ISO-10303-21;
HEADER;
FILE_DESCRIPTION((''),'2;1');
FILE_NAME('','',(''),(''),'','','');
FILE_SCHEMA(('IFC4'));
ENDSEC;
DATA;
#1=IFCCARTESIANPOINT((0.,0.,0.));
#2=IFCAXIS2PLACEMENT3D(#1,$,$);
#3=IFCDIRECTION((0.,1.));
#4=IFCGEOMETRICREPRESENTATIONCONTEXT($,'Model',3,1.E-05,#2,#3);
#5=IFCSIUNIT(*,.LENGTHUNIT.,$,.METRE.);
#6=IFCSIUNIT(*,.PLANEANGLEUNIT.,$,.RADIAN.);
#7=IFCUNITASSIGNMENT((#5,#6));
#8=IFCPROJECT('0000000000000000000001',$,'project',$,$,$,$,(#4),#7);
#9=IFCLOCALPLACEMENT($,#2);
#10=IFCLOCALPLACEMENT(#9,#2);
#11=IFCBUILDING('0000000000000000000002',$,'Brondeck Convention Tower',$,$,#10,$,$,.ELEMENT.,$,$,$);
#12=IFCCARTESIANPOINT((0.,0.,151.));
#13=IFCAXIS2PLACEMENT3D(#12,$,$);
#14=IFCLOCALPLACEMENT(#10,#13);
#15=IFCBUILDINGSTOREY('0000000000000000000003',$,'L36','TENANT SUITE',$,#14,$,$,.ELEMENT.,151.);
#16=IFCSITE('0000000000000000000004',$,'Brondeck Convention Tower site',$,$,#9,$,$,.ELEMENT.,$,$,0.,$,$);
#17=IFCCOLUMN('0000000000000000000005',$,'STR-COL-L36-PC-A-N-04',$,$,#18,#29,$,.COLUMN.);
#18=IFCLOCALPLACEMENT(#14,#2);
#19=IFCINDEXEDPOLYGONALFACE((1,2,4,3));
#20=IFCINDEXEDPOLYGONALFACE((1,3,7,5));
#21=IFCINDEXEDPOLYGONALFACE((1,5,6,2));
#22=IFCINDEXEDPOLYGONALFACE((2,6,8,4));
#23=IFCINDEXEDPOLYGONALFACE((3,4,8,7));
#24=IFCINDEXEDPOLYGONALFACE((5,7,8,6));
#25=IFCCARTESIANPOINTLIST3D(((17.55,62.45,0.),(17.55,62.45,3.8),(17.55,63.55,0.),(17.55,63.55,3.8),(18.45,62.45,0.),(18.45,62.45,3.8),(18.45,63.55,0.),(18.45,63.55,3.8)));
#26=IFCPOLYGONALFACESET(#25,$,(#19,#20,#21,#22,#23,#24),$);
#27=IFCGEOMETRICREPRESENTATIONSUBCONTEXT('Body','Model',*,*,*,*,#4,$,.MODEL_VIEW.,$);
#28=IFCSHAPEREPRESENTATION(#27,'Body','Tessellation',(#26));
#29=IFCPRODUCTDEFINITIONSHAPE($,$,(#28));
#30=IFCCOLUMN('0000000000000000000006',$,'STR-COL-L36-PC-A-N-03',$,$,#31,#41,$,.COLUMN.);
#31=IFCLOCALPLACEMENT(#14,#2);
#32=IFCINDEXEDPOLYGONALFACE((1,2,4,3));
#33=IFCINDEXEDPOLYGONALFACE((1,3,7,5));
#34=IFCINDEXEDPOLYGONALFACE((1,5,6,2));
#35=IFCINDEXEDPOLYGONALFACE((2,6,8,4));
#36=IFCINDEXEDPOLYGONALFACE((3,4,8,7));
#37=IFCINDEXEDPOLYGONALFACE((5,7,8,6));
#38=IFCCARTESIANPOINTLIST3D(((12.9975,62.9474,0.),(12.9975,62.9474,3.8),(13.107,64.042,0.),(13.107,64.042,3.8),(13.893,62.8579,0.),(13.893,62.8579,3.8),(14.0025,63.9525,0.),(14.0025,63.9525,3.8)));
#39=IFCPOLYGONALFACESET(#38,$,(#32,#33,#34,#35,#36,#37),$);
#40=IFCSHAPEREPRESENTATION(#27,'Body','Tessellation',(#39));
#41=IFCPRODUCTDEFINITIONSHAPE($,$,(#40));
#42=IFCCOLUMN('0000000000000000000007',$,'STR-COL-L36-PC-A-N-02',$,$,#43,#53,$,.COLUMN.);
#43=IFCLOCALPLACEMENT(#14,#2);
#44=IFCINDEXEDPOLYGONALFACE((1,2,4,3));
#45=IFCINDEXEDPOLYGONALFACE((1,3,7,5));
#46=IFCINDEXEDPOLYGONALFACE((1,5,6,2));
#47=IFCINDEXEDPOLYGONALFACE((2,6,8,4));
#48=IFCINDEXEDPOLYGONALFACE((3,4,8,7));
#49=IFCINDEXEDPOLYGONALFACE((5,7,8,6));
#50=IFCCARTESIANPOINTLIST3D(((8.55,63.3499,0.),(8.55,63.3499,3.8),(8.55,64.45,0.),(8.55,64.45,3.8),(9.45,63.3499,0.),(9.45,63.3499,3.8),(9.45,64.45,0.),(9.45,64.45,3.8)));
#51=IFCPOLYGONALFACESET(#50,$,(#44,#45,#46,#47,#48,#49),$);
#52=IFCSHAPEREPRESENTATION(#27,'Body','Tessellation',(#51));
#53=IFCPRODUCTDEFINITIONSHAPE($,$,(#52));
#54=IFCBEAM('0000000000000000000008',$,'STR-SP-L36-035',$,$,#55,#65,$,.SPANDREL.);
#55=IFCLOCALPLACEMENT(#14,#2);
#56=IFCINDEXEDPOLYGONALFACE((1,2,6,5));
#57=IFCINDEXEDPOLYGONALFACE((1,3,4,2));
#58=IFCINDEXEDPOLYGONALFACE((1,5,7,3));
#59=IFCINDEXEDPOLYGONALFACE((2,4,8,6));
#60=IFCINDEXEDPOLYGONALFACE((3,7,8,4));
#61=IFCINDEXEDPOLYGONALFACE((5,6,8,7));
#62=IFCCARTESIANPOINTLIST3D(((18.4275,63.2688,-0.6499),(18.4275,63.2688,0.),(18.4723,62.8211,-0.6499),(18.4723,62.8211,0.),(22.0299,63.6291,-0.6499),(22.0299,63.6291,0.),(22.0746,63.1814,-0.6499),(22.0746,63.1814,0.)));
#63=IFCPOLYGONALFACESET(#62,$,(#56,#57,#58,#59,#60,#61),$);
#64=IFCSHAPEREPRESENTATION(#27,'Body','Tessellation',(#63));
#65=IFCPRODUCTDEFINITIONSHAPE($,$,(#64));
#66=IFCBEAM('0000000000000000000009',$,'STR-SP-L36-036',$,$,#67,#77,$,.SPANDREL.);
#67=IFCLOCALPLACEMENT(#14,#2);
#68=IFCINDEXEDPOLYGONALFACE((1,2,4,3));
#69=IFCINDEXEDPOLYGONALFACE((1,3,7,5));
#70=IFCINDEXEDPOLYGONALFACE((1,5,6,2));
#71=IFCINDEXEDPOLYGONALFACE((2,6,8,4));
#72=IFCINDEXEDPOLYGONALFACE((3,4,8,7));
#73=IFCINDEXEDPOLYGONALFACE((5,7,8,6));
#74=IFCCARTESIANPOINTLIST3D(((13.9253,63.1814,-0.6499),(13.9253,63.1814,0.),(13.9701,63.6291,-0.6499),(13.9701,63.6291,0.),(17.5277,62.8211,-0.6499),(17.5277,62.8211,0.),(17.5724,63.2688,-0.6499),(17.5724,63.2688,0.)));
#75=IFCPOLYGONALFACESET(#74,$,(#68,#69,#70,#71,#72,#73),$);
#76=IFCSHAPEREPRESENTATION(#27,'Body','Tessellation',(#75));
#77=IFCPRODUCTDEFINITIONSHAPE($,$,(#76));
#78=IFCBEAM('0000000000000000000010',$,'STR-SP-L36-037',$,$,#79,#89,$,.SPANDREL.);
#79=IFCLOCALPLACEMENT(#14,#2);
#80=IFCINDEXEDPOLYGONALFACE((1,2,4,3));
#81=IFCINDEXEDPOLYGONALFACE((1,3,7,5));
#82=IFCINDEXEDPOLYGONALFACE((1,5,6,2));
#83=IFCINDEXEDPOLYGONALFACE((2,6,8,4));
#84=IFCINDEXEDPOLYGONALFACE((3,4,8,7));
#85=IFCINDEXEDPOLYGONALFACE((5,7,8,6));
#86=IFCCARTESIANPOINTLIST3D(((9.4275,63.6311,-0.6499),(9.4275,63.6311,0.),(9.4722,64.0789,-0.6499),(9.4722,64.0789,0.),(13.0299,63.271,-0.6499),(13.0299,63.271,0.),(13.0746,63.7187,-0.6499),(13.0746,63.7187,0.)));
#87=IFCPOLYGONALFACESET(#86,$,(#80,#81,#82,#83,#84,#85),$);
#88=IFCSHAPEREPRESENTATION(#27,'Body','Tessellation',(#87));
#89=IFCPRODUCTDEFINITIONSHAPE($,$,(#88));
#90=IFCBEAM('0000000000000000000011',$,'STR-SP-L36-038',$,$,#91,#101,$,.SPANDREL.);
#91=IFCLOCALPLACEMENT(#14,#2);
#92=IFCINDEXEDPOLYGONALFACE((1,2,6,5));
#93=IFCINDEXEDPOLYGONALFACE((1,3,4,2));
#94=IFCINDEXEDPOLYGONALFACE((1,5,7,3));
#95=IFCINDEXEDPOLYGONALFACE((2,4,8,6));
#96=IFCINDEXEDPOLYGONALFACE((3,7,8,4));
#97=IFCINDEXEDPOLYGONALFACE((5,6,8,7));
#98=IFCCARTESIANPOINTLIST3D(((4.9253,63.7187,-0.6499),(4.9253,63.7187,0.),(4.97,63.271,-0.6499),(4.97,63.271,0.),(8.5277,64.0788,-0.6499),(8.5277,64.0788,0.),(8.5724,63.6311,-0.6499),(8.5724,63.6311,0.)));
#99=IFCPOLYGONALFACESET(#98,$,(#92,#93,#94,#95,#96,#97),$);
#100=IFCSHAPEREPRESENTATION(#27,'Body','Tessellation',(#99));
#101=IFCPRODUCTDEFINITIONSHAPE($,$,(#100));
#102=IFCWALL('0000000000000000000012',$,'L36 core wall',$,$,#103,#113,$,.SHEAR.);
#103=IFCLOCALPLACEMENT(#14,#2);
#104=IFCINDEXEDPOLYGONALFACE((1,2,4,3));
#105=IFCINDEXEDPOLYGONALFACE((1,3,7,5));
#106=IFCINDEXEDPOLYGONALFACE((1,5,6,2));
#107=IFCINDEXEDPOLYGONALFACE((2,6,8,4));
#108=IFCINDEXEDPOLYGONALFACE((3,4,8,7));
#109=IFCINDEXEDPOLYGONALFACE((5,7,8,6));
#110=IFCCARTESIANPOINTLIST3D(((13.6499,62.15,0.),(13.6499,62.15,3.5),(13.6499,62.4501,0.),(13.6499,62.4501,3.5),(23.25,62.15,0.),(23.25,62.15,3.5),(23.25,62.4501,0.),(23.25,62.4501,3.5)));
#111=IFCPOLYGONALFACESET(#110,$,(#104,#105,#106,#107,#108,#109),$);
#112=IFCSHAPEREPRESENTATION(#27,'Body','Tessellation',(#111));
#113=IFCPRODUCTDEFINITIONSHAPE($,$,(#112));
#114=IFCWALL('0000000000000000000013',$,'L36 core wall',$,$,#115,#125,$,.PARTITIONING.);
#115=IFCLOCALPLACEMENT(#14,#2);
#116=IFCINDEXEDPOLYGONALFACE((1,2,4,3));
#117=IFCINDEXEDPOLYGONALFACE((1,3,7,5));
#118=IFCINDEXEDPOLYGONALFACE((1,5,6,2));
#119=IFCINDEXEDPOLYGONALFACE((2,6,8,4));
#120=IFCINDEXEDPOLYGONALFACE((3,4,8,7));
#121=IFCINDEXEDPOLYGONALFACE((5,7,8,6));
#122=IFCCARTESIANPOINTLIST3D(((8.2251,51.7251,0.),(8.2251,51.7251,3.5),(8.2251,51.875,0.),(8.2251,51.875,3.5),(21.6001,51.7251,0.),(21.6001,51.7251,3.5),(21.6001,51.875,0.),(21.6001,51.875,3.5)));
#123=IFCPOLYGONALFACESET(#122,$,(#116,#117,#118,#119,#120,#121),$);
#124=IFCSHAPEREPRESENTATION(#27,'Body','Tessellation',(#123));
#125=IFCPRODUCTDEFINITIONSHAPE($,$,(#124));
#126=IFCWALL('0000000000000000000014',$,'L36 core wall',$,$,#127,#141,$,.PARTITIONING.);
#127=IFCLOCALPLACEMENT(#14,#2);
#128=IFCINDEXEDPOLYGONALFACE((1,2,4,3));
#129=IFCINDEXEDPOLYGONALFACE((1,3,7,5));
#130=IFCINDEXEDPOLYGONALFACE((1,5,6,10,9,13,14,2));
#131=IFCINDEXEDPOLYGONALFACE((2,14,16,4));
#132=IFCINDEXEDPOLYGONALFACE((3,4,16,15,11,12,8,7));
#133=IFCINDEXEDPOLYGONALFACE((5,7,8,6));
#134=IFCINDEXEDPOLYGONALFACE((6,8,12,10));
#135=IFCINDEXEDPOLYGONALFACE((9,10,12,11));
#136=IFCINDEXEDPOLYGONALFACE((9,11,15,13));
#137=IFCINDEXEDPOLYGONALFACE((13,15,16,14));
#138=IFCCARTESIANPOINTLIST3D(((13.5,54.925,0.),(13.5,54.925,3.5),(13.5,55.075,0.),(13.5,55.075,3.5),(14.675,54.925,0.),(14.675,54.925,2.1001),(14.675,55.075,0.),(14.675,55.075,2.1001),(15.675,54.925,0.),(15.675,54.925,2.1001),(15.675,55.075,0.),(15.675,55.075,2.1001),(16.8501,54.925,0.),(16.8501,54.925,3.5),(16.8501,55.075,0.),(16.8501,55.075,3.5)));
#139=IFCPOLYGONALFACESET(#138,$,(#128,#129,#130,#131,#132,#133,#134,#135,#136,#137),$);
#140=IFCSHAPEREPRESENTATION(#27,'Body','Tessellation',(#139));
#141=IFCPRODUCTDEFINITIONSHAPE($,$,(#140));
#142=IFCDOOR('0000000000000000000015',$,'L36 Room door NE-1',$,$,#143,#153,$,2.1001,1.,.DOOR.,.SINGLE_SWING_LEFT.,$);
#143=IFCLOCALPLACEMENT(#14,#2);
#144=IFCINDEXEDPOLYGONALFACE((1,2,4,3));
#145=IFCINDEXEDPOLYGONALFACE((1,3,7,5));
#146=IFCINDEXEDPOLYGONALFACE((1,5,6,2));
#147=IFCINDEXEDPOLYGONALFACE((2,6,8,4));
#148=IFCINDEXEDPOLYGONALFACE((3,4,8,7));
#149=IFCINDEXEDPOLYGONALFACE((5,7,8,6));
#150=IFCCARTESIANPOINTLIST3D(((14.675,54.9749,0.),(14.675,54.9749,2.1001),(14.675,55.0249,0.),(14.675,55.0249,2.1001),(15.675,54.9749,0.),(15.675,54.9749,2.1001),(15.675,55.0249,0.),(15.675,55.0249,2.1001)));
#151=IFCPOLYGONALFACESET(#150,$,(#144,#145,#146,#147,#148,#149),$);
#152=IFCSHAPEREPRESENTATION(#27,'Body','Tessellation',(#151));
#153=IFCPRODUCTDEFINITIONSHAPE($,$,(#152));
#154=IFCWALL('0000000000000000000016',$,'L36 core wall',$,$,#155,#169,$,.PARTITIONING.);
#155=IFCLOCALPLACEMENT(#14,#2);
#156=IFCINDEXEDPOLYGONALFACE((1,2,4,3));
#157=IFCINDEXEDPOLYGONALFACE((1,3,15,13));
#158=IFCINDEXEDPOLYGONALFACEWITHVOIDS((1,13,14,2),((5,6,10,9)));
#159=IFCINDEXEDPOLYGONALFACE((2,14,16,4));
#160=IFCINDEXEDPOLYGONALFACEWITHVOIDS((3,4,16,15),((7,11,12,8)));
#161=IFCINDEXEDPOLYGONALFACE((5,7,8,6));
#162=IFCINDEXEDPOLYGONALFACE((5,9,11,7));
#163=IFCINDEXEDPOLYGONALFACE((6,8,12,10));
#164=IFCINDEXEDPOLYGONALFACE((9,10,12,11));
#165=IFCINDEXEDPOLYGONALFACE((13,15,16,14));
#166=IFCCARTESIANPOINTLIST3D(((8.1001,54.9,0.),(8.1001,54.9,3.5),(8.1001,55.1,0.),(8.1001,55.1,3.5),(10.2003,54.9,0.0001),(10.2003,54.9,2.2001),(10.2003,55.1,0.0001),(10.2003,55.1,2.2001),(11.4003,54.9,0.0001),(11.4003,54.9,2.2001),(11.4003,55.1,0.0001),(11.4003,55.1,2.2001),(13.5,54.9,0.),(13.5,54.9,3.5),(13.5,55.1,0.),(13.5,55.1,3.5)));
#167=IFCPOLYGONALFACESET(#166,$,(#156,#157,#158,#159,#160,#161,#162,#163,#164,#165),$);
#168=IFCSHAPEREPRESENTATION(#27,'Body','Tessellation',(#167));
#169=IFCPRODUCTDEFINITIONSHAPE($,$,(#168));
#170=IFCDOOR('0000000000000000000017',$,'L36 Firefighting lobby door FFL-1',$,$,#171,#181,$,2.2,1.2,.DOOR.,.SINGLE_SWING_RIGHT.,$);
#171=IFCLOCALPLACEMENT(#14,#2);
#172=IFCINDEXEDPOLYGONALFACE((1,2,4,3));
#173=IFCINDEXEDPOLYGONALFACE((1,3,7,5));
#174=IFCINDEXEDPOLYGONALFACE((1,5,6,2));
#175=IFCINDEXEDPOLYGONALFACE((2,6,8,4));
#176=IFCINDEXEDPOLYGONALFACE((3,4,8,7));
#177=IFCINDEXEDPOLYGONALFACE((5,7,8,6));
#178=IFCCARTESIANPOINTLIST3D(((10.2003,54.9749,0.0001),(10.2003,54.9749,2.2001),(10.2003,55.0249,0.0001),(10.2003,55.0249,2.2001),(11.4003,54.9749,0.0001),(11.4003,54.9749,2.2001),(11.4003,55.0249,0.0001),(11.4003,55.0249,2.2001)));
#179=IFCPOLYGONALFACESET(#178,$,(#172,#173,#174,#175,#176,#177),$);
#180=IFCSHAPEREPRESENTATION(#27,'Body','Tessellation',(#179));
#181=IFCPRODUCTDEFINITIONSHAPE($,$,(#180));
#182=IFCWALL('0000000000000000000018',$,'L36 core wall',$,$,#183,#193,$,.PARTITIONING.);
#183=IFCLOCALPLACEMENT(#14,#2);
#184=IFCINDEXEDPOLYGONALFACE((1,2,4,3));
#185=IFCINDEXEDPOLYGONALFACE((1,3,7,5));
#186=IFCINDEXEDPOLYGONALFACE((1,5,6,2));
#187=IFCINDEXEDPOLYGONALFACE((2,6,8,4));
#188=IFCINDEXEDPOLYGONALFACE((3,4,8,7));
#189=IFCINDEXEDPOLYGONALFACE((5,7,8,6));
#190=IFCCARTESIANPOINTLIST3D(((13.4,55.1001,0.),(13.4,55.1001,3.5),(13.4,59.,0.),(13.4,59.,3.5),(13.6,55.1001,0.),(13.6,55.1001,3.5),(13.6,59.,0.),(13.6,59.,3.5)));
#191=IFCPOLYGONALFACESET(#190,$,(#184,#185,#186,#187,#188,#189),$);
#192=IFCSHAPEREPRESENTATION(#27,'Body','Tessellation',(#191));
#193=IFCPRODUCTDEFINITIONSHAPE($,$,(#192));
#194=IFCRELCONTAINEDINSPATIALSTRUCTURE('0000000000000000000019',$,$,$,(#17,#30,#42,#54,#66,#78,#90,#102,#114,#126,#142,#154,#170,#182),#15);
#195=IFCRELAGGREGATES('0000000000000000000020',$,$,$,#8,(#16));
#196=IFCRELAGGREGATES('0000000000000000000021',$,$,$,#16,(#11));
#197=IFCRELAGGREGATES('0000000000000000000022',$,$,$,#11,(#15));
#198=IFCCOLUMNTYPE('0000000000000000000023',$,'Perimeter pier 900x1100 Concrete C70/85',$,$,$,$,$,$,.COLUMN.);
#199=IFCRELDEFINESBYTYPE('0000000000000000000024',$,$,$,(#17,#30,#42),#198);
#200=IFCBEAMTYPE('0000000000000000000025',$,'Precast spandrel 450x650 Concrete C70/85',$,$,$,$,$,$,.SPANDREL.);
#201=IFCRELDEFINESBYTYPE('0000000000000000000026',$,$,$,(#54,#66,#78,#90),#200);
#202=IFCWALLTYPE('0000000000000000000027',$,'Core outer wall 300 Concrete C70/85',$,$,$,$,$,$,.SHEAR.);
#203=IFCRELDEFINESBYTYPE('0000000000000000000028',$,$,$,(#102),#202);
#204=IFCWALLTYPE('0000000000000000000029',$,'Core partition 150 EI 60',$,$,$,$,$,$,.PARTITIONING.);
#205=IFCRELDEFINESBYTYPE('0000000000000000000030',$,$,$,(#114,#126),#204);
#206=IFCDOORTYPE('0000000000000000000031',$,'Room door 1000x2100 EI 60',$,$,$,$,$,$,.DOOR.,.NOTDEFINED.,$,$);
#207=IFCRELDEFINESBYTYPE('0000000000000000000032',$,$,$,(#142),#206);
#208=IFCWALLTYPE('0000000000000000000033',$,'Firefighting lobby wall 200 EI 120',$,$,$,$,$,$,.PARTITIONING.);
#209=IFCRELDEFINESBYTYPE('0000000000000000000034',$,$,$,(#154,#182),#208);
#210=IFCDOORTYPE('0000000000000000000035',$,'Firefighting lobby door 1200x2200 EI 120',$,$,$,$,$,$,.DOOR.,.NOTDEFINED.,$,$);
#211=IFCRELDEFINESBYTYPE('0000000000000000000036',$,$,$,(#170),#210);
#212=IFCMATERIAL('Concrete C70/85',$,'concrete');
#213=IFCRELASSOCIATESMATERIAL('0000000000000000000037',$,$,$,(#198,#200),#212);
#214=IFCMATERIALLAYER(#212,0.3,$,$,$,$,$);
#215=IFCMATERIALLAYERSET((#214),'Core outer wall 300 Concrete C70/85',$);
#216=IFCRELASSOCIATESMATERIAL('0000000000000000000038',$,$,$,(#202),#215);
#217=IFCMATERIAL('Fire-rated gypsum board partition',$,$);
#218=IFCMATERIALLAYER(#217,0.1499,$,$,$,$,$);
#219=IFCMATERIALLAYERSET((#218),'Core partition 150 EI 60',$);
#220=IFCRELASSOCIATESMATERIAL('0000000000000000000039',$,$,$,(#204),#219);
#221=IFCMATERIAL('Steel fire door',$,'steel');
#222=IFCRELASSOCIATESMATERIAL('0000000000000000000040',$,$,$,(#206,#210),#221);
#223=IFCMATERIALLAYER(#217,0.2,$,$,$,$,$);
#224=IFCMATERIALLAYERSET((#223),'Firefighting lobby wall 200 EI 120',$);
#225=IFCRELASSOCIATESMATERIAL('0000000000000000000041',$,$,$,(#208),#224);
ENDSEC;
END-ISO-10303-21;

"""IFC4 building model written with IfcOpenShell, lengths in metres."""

from ifc_helpers import new_model, si_unit, direction, frame, frame_2d, origin, origin_2d, place, context, subcontext, project, spatial, rectangle, extrude, material, layer, layer_set, material_profile, profile_set, type_object, element, fill, save


model = new_model("IFC4")

# Units and contexts
model_context = context("Model", 3, precision=1e-05, world=origin(), true_north=direction((0.0, 1.0)))
body_context = subcontext(model_context, "Body", "Model", "MODEL_VIEW")
ifc_project = project(units=[si_unit("LENGTHUNIT", "METRE"), si_unit("PLANEANGLEUNIT", "RADIAN")], contexts=[model_context])

# Site, building, storey
site_placement = place(None, origin())
site = spatial("IfcSite", under=ifc_project, at=site_placement, Name="Brondeck Convention Tower site", CompositionType="ELEMENT", RefElevation=0.0)
building_placement = place(site_placement, origin())
building = spatial("IfcBuilding", under=site, at=building_placement, Name="Brondeck Convention Tower", CompositionType="ELEMENT")
storey_placement = place(building_placement, frame((0.0, 0.0, 151.0)))
storey = spatial("IfcBuildingStorey", under=building, at=storey_placement, Name="L36", Description="TENANT SUITE", CompositionType="ELEMENT", Elevation=151.0)

# Columns
ifc_material_1 = material(Name="Concrete C70/85", Category="concrete")
ifc_material_profile_1 = material_profile(ifc_material_1, rectangle(XDim=0.8999, YDim=1.1001, at=origin_2d()), Name="Perimeter pier 900x1100 Concrete C70/85")
ifc_profile_set_1 = profile_set([ifc_material_profile_1], Name="Concrete C70/85")
column_type = type_object("IfcColumnType", Name="Perimeter pier 900x1100 Concrete C70/85", PredefinedType="COLUMN", material=ifc_profile_set_1)
for number, where, z_axis, x_axis, name in (
    (1, (18.0, 63.0, 0.0), (0.0, 0.0, 1.0), (-1.0, 0.0, 0.0), "STR-COL-L36-PC-A-N-04"),
    (2, (13.5, 63.45, 0.0), (0.0, 0.0, 1.0), (-0.995037, 0.099504, 0.0), "STR-COL-L36-PC-A-N-03"),
    (3, (9.0, 63.8999, 0.0), (0.0, 0.0, 1.0), (-1.0, 0.0, 0.0), "STR-COL-L36-PC-A-N-02"),
):
    element("IfcColumn", number, at=place(storey_placement, frame(where, z_axis=z_axis, x_axis=x_axis)), inside=storey, type_object=column_type, Name=name, PredefinedType="COLUMN", context=body_context, shape_type="SweptSolid", body=[
        extrude(rectangle(XDim=0.8999, YDim=1.1001, at=origin_2d()), origin(), (0.0, 0.0, 1.0), 3.8),
    ])

# Beams
ifc_material_profile_2 = material_profile(ifc_material_1, rectangle(XDim=0.45, YDim=0.6499, at=origin_2d()), Name="Precast spandrel 450x650 Concrete C70/85")
ifc_profile_set_2 = profile_set([ifc_material_profile_2], Name="Concrete C70/85")
beam_type = type_object("IfcBeamType", Name="Precast spandrel 450x650 Concrete C70/85", PredefinedType="SPANDREL", material=ifc_profile_set_2)
for number, where, z_axis, x_axis, name in (
    (4, (22.0522, 63.4053, -0.325), (-0.995034, -0.099537, 0.0), (0.099537, -0.995034, 0.0), "STR-SP-L36-035"),
    (5, (17.55, 63.0449, -0.325), (-0.995034, 0.099537, 0.0), (-0.099537, -0.995034, 0.0), "STR-SP-L36-036"),
    (6, (13.0522, 63.4949, -0.325), (-0.995041, 0.09947, 0.0), (-0.09947, -0.995041, 0.0), "STR-SP-L36-037"),
    (7, (8.55, 63.855, -0.325), (-0.995041, -0.09947, 0.0), (0.09947, -0.995041, 0.0), "STR-SP-L36-038"),
):
    element("IfcBeam", number, at=place(storey_placement, frame(where, z_axis=z_axis, x_axis=x_axis)), inside=storey, type_object=beam_type, Name=name, PredefinedType="SPANDREL", context=body_context, shape_type="SweptSolid", body=[
        extrude(rectangle(XDim=0.45, YDim=0.6499, at=origin_2d()), origin(), (0.0, 0.0, 1.0), 3.6204),
    ])

# Walls
ifc_layer_1 = layer(ifc_material_1, 0.3)
ifc_layer_set_1 = layer_set([ifc_layer_1], Name="Core outer wall 300 Concrete C70/85")
wall_type_1 = type_object("IfcWallType", Name="Core outer wall 300 Concrete C70/85", PredefinedType="SHEAR", material=ifc_layer_set_1)
wall_1_placement = place(storey_placement, frame((13.6499, 62.3, 0.0), z_axis=(0.0, 0.0, 1.0), x_axis=(1.0, 0.0, 0.0)))
element("IfcWall", 8, at=wall_1_placement, inside=storey, type_object=wall_type_1, Name="L36 core wall", PredefinedType="SHEAR", context=body_context, shape_type="SweptSolid", body=[
    extrude(rectangle(XDim=9.6001, YDim=0.3, at=frame_2d((4.8, 0.0))), origin(), (0.0, 0.0, 1.0), 3.5),
])
ifc_material_2 = material(Name="Fire-rated gypsum board partition")
ifc_layer_2 = layer(ifc_material_2, 0.1499)
ifc_layer_set_2 = layer_set([ifc_layer_2], Name="Core partition 150 EI 60")
wall_type_2 = type_object("IfcWallType", Name="Core partition 150 EI 60", PredefinedType="PARTITIONING", material=ifc_layer_set_2)
wall_2_placement = place(storey_placement, frame((8.2251, 51.8, 0.0), z_axis=(0.0, 0.0, 1.0), x_axis=(1.0, 0.0, 0.0)))
element("IfcWall", 9, at=wall_2_placement, inside=storey, type_object=wall_type_2, Name="L36 core wall", PredefinedType="PARTITIONING", context=body_context, shape_type="SweptSolid", body=[
    extrude(rectangle(XDim=13.375, YDim=0.1499, at=frame_2d((6.6875, 0.0))), origin(), (0.0, 0.0, 1.0), 3.5),
])

# Walls, openings, doors
wall_3_placement = place(storey_placement, frame((13.5, 55.0, 0.0), z_axis=(0.0, 0.0, 1.0), x_axis=(1.0, 0.0, 0.0)))
wall_3 = element("IfcWall", 10, at=wall_3_placement, inside=storey, type_object=wall_type_2, Name="L36 core wall", PredefinedType="PARTITIONING", context=body_context, shape_type="SweptSolid", body=[
    extrude(rectangle(XDim=3.3501, YDim=0.1499, at=frame_2d((1.675, 0.0))), origin(), (0.0, 0.0, 1.0), 3.5),
])
opening_1_placement = place(wall_3_placement, frame((1.175, 0.0, 0.0)))
opening_1 = element("IfcOpeningElement", 11, at=opening_1_placement, cuts=wall_3, PredefinedType="OPENING", context=body_context, shape_type="SweptSolid", body=[
    extrude(rectangle(XDim=1.0, YDim=2.1001, at=frame_2d((0.5, 1.05))), frame((0.0, 0.085, 0.0), z_axis=(0.0, -1.0, 0.0), x_axis=(1.0, 0.0, 0.0)), (0.0, 0.0, 1.0), 0.1699),
])
ifc_material_3 = material(Name="Steel fire door", Category="steel")
door_type_1 = type_object("IfcDoorType", Name="Room door 1000x2100 EI 60", OperationType="NOTDEFINED", PredefinedType="DOOR", material=ifc_material_3)
door_1_placement = place(opening_1_placement, origin())
door_1 = element("IfcDoor", 12, at=door_1_placement, inside=storey, type_object=door_type_1, Name="L36 Room door NE-1", OperationType="SINGLE_SWING_LEFT", OverallHeight=2.1001, OverallWidth=1.0, PredefinedType="DOOR", context=body_context, shape_type="SweptSolid", body=[
    extrude(rectangle(XDim=1.0, YDim=2.1001, at=frame_2d((0.5, 1.05))), frame((0.0, 0.0249, 0.0), z_axis=(0.0, -1.0, 0.0), x_axis=(1.0, 0.0, 0.0)), (0.0, 0.0, 1.0), 0.05),
])
fill(opening_1, door_1)
ifc_layer_3 = layer(ifc_material_2, 0.2)
ifc_layer_set_3 = layer_set([ifc_layer_3], Name="Firefighting lobby wall 200 EI 120")
wall_type_3 = type_object("IfcWallType", Name="Firefighting lobby wall 200 EI 120", PredefinedType="PARTITIONING", material=ifc_layer_set_3)
wall_4_placement = place(storey_placement, frame((8.1001, 55.0, 0.0), z_axis=(0.0, 0.0, 1.0), x_axis=(1.0, 0.0, 0.0)))
wall_4 = element("IfcWall", 13, at=wall_4_placement, inside=storey, type_object=wall_type_3, Name="L36 core wall", PredefinedType="PARTITIONING", context=body_context, shape_type="SweptSolid", body=[
    extrude(rectangle(XDim=5.3999, YDim=0.2, at=frame_2d((2.7, 0.0))), origin(), (0.0, 0.0, 1.0), 3.5),
])
opening_2_placement = place(wall_4_placement, frame((2.1001, 0.0, 0.0)))
opening_2 = element("IfcOpeningElement", 14, at=opening_2_placement, cuts=wall_4, PredefinedType="OPENING", context=body_context, shape_type="SweptSolid", body=[
    extrude(rectangle(XDim=1.2, YDim=2.2, at=frame_2d((0.6001, 1.1001))), frame((0.0, 0.1099, 0.0), z_axis=(0.0, -1.0, 0.0), x_axis=(1.0, 0.0, 0.0)), (0.0, 0.0, 1.0), 0.22),
])
door_type_2 = type_object("IfcDoorType", Name="Firefighting lobby door 1200x2200 EI 120", OperationType="NOTDEFINED", PredefinedType="DOOR", material=ifc_material_3)
door_2_placement = place(opening_2_placement, origin())
door_2 = element("IfcDoor", 15, at=door_2_placement, inside=storey, type_object=door_type_2, Name="L36 Firefighting lobby door FFL-1", OperationType="SINGLE_SWING_RIGHT", OverallHeight=2.2, OverallWidth=1.2, PredefinedType="DOOR", context=body_context, shape_type="SweptSolid", body=[
    extrude(rectangle(XDim=1.2, YDim=2.2, at=frame_2d((0.6001, 1.1001))), frame((0.0, 0.0249, 0.0), z_axis=(0.0, -1.0, 0.0), x_axis=(1.0, 0.0, 0.0)), (0.0, 0.0, 1.0), 0.05),
])
fill(opening_2, door_2)

# Wall
wall_5_placement = place(storey_placement, frame((13.5, 55.1001, 0.0), z_axis=(0.0, 0.0, 1.0), x_axis=(0.0, 1.0, 0.0)))
element("IfcWall", 16, at=wall_5_placement, inside=storey, type_object=wall_type_3, Name="L36 core wall", PredefinedType="PARTITIONING", context=body_context, shape_type="SweptSolid", body=[
    extrude(rectangle(XDim=3.8999, YDim=0.2, at=frame_2d((1.95, 0.0))), origin(), (0.0, 0.0, 1.0), 3.5),
])

save(model, "model.ifc")
